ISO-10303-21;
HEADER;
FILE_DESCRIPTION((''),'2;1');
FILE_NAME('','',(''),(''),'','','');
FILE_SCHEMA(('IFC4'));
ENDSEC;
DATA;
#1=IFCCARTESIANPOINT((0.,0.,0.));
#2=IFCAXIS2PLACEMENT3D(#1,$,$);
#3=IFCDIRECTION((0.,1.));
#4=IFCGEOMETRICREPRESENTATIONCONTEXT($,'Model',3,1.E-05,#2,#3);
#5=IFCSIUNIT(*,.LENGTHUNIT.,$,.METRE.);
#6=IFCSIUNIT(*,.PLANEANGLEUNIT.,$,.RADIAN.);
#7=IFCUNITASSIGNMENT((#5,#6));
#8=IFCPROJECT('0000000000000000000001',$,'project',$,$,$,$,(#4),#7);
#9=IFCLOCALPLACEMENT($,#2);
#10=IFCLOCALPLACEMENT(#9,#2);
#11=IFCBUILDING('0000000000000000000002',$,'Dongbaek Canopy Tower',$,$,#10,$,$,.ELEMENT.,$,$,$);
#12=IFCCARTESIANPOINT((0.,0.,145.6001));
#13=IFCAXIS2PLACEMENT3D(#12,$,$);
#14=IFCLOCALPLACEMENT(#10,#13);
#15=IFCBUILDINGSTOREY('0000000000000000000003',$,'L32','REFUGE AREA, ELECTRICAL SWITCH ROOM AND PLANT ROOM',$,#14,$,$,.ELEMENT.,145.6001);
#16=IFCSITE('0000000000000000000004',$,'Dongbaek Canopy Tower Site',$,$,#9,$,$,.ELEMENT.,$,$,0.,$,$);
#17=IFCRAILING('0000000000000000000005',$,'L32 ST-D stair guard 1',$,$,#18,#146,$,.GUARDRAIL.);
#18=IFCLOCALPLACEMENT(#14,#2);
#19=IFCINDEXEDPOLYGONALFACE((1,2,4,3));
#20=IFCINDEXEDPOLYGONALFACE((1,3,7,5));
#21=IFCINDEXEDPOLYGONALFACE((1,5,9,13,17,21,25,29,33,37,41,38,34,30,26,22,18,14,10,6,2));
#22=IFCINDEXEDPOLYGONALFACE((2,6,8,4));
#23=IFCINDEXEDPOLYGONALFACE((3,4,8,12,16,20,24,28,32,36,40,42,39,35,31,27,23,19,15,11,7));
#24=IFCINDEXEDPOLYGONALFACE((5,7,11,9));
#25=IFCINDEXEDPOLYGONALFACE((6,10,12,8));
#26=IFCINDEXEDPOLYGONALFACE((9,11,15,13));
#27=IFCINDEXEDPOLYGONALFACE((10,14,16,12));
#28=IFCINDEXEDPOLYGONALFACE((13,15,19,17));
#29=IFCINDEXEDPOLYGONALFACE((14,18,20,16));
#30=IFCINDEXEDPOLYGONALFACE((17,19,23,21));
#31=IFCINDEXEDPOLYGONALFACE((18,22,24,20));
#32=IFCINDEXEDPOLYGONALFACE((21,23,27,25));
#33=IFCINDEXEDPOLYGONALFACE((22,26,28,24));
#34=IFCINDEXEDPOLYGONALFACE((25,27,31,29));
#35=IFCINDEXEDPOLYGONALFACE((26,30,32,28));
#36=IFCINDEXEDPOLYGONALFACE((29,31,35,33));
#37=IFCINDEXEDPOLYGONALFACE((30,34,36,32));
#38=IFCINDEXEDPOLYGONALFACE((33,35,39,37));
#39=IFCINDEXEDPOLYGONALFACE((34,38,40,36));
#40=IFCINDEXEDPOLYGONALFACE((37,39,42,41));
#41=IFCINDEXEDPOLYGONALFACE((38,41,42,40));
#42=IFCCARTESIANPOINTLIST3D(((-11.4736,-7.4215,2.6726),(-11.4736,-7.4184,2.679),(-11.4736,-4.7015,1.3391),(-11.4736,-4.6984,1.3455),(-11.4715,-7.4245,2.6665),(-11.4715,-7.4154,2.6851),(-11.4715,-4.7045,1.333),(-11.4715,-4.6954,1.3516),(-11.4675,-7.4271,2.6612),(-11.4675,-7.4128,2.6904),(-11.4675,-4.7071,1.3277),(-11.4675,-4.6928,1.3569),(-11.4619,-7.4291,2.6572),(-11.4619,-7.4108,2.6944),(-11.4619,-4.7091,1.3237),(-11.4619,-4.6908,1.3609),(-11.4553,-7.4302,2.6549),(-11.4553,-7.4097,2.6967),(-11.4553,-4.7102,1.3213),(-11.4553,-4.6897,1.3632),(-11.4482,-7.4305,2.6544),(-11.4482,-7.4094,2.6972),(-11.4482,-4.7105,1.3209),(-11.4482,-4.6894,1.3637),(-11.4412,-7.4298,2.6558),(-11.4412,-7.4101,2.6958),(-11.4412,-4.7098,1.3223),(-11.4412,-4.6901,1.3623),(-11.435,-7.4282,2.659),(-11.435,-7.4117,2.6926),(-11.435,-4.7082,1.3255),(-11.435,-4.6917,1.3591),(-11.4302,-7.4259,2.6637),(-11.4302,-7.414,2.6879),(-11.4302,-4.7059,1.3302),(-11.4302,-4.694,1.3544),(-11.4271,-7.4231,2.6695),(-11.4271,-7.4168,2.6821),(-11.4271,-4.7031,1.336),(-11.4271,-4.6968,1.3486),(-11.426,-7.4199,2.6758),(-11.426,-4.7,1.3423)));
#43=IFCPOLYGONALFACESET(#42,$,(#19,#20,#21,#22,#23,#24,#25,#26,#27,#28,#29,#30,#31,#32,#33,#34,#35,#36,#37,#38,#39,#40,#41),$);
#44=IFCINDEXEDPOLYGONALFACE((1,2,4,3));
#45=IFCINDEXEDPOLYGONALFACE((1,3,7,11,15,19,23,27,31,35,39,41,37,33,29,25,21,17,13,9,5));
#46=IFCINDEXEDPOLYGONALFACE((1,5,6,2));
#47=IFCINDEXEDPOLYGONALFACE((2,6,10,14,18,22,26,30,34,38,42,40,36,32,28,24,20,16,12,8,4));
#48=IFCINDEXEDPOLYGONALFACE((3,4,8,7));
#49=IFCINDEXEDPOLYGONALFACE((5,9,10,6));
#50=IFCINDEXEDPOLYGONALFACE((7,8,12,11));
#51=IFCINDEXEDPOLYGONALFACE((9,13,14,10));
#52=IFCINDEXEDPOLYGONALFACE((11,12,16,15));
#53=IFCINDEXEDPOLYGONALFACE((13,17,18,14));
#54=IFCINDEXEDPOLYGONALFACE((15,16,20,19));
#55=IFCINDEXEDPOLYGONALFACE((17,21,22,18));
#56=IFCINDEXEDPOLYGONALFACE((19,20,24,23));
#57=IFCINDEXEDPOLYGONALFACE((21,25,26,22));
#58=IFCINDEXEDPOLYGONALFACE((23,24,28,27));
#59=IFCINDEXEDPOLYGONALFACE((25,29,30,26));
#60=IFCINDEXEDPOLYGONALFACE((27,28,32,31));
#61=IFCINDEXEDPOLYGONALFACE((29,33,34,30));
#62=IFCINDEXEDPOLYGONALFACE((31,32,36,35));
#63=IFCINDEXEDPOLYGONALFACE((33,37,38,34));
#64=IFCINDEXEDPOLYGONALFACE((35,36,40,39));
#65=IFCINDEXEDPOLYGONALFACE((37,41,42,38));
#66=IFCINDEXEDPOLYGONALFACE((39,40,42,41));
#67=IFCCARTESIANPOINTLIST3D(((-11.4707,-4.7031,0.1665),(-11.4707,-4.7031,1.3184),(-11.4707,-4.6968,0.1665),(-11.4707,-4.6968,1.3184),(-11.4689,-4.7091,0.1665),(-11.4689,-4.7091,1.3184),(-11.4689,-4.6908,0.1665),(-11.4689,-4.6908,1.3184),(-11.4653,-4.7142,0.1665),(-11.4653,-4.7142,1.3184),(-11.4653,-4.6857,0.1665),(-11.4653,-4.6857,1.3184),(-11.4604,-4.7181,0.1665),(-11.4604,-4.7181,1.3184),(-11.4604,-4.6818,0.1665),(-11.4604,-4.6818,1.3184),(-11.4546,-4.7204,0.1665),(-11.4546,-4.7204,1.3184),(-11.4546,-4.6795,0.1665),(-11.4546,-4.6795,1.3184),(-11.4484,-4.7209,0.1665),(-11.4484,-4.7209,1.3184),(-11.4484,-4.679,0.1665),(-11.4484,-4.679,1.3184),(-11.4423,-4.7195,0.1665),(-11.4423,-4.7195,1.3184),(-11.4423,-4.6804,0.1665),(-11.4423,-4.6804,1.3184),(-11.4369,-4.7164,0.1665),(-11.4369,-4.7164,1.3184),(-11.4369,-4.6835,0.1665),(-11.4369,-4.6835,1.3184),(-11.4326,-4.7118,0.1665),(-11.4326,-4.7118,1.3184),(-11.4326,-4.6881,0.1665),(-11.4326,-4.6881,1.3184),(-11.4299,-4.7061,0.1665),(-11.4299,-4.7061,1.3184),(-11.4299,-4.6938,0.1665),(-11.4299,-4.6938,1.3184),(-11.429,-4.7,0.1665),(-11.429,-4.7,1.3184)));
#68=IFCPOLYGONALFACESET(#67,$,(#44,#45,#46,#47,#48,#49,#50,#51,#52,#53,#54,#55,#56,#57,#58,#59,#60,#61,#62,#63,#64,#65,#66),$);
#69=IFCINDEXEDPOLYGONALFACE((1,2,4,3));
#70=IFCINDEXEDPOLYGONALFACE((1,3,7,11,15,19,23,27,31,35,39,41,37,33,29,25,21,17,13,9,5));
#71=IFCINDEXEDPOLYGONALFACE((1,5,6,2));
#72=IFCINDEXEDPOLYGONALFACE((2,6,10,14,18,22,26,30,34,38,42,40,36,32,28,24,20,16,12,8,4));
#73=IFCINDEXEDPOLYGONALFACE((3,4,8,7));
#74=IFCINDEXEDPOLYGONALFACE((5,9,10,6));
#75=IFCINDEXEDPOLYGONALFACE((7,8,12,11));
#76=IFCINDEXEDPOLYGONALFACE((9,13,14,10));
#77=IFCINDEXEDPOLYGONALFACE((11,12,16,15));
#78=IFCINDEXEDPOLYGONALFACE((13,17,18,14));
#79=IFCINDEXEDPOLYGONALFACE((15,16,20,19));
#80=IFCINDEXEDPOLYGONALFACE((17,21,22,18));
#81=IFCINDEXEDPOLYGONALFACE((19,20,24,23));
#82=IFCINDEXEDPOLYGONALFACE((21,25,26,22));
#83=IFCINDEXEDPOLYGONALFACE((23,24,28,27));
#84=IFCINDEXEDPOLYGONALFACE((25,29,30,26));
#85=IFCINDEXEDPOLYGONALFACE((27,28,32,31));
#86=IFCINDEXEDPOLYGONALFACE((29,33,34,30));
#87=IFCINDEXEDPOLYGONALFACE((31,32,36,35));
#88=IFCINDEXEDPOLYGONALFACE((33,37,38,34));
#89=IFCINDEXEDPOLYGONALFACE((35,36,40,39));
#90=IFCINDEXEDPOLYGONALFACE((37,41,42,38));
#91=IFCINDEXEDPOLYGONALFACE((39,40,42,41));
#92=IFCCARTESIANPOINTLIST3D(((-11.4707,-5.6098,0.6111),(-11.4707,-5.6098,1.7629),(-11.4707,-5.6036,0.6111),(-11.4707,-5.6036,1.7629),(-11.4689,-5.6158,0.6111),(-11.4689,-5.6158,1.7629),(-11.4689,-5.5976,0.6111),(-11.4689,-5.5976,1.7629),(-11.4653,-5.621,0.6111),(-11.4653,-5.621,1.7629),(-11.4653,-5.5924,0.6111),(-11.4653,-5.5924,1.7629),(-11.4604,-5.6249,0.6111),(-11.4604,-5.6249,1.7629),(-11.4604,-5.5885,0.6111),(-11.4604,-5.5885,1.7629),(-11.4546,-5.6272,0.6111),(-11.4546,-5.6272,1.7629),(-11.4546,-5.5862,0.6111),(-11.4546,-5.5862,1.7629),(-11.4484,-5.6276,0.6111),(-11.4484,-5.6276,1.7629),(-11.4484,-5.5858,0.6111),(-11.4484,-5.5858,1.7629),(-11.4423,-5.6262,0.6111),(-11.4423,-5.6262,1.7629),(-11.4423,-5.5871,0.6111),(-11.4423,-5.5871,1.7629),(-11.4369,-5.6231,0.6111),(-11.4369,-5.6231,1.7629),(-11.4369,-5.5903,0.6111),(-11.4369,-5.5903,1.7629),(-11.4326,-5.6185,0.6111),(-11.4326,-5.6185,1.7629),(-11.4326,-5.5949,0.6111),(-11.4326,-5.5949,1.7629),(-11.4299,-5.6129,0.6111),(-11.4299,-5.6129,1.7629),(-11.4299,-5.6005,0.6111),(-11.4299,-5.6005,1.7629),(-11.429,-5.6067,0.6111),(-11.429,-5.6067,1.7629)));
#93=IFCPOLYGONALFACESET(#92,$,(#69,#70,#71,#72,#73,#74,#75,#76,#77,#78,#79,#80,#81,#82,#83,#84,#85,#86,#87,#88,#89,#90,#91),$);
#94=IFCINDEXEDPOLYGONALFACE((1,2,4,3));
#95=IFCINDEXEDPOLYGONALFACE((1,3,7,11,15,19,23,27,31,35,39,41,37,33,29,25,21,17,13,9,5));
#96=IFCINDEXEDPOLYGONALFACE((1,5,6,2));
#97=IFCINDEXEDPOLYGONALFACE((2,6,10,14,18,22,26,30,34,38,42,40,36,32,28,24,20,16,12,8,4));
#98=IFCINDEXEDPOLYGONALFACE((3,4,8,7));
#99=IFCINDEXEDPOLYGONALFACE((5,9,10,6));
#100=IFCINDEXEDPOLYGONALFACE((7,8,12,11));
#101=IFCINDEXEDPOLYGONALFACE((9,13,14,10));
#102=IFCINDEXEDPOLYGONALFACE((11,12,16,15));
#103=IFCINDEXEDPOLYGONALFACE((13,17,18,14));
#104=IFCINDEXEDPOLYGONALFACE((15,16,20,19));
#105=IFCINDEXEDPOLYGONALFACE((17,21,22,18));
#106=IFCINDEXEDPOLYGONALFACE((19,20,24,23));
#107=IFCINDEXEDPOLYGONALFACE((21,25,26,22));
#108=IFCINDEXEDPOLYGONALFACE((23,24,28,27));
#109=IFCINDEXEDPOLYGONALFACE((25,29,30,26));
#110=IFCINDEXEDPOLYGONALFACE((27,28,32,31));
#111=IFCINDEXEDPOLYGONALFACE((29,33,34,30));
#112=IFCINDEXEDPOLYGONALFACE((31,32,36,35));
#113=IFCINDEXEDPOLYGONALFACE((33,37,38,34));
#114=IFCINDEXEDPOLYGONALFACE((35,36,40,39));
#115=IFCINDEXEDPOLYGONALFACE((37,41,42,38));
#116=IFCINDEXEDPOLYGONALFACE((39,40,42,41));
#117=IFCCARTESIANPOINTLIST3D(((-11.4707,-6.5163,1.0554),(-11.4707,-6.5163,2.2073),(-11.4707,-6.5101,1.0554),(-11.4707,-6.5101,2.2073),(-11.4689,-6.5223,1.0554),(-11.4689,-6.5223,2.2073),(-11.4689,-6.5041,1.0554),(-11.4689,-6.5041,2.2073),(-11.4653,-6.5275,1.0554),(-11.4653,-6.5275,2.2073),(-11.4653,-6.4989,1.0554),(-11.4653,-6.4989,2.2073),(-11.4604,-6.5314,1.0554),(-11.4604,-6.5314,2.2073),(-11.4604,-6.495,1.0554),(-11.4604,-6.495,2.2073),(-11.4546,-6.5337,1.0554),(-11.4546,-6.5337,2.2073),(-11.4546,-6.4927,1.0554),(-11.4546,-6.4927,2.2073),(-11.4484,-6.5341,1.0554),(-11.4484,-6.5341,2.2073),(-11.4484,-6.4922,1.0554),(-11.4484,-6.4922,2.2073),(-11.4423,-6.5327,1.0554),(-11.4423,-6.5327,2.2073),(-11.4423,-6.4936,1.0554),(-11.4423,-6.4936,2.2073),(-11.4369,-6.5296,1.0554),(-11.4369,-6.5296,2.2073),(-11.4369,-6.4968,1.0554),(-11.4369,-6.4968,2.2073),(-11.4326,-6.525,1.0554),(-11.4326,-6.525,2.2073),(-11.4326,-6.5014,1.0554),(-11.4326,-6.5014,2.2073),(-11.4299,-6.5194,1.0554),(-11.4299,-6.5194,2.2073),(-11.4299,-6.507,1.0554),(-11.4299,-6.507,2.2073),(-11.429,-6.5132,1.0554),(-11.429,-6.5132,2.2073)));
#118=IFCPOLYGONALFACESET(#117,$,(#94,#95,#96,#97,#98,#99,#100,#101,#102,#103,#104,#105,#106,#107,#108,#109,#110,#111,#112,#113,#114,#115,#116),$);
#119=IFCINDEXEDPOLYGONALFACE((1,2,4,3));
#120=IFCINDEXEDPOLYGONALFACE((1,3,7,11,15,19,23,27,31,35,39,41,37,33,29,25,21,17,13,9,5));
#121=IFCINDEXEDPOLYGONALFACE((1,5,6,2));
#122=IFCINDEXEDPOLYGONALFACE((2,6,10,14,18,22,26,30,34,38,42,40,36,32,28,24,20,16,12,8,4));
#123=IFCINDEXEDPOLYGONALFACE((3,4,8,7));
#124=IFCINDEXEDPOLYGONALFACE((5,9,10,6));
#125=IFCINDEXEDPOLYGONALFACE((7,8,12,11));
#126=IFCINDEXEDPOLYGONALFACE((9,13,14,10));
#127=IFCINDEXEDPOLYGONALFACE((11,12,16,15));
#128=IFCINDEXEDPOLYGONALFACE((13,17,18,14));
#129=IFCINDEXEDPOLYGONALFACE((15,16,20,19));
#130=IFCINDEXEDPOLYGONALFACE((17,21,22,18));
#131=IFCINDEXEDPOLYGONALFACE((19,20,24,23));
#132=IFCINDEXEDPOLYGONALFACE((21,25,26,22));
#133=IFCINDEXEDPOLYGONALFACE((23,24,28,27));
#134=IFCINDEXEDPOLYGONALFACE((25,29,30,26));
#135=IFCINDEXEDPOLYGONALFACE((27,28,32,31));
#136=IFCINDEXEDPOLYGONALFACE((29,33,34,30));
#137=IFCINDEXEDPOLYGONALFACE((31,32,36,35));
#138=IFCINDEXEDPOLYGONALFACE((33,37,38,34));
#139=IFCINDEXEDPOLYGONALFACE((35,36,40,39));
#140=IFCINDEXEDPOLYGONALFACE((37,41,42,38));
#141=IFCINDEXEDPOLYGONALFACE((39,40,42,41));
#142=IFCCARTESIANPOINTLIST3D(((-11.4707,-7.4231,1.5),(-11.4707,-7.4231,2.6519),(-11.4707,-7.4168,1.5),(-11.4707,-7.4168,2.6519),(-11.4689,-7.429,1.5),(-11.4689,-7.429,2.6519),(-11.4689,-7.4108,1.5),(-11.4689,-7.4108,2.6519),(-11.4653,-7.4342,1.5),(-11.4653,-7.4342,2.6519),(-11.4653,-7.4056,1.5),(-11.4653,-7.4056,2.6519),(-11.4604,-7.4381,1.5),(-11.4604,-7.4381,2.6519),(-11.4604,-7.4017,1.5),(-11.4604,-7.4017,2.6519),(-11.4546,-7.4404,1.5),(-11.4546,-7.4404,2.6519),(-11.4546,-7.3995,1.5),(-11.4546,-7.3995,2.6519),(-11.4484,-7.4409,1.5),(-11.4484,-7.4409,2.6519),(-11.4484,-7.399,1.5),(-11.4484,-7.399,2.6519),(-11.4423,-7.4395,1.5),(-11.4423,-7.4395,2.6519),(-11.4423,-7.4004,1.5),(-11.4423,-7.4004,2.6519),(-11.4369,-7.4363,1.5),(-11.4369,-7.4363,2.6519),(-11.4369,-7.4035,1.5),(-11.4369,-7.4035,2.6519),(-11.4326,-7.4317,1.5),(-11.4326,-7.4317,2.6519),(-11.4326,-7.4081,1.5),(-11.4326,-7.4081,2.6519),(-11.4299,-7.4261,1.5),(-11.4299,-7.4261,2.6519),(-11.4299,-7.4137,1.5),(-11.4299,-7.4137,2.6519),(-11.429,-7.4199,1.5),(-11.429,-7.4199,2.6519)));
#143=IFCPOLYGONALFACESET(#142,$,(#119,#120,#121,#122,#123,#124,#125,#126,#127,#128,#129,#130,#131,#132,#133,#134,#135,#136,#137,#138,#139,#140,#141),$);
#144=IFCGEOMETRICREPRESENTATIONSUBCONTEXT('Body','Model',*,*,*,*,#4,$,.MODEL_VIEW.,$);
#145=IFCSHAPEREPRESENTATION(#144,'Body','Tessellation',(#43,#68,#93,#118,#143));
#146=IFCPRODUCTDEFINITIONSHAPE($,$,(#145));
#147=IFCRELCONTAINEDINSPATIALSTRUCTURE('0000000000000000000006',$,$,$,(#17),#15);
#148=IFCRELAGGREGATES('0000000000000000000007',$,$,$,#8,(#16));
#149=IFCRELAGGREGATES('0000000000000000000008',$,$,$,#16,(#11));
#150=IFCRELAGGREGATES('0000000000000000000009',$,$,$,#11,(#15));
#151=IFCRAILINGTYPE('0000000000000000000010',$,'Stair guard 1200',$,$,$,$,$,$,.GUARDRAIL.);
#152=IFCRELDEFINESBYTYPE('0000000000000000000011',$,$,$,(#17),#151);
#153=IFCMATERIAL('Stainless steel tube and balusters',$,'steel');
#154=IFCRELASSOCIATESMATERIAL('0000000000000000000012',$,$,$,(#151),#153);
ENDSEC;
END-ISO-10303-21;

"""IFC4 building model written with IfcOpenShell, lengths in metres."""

from ifc_helpers import new_model, si_unit, direction, frame, origin, origin_2d, place, context, subcontext, project, spatial, circle, extrude, material, type_object, element, save


model = new_model("IFC4")

# Units and contexts
model_context = context("Model", 3, precision=1e-05, world=origin(), true_north=direction((0.0, 1.0)))
body_context = subcontext(model_context, "Body", "Model", "MODEL_VIEW")
ifc_project = project(units=[si_unit("LENGTHUNIT", "METRE"), si_unit("PLANEANGLEUNIT", "RADIAN")], contexts=[model_context])

# Site, building, storey
site_placement = place(None, origin())
site = spatial("IfcSite", under=ifc_project, at=site_placement, Name="Dongbaek Canopy Tower Site", CompositionType="ELEMENT", RefElevation=0.0)
building_placement = place(site_placement, origin())
building = spatial("IfcBuilding", under=site, at=building_placement, Name="Dongbaek Canopy Tower", CompositionType="ELEMENT")
storey_placement = place(building_placement, frame((0.0, 0.0, 145.6001)))
storey = spatial("IfcBuildingStorey", under=building, at=storey_placement, Name="L32", Description="REFUGE AREA, ELECTRICAL SWITCH ROOM AND PLANT ROOM", CompositionType="ELEMENT", Elevation=145.6001)

# Railing
ifc_material_1 = material(Name="Stainless steel tube and balusters", Category="steel")
railing_type_1 = type_object("IfcRailingType", Name="Stair guard 1200", PredefinedType="GUARDRAIL", material=ifc_material_1)
railing_1_placement = place(storey_placement, frame((-11.45, -4.7, 0.1665)))
element("IfcRailing", 1, at=railing_1_placement, inside=storey, type_object=railing_type_1, Name="L32 ST-D stair guard 1", PredefinedType="GUARDRAIL", context=body_context, shape_type="SweptSolid", body=[
    extrude(circle(Radius=0.0239, at=origin_2d()), frame((0.0, 0.0, 1.1758), z_axis=(0.0, -0.897898, 0.440204), x_axis=(1.0, 0.0, 0.0)), (0.0, 0.0, 1.0), 3.0293),
    extrude(circle(Radius=0.021, at=origin_2d()), origin(), (0.0, 0.0, 1.0), 1.1519),
    extrude(circle(Radius=0.021, at=origin_2d()), frame((0.0, -0.9067, 0.4446)), (0.0, 0.0, 1.0), 1.1519),
    extrude(circle(Radius=0.021, at=origin_2d()), frame((0.0, -1.8132, 0.8889)), (0.0, 0.0, 1.0), 1.1519),
    extrude(circle(Radius=0.021, at=origin_2d()), frame((0.0, -2.72, 1.3335)), (0.0, 0.0, 1.0), 1.1519),
])

save(model, "model.ifc")
